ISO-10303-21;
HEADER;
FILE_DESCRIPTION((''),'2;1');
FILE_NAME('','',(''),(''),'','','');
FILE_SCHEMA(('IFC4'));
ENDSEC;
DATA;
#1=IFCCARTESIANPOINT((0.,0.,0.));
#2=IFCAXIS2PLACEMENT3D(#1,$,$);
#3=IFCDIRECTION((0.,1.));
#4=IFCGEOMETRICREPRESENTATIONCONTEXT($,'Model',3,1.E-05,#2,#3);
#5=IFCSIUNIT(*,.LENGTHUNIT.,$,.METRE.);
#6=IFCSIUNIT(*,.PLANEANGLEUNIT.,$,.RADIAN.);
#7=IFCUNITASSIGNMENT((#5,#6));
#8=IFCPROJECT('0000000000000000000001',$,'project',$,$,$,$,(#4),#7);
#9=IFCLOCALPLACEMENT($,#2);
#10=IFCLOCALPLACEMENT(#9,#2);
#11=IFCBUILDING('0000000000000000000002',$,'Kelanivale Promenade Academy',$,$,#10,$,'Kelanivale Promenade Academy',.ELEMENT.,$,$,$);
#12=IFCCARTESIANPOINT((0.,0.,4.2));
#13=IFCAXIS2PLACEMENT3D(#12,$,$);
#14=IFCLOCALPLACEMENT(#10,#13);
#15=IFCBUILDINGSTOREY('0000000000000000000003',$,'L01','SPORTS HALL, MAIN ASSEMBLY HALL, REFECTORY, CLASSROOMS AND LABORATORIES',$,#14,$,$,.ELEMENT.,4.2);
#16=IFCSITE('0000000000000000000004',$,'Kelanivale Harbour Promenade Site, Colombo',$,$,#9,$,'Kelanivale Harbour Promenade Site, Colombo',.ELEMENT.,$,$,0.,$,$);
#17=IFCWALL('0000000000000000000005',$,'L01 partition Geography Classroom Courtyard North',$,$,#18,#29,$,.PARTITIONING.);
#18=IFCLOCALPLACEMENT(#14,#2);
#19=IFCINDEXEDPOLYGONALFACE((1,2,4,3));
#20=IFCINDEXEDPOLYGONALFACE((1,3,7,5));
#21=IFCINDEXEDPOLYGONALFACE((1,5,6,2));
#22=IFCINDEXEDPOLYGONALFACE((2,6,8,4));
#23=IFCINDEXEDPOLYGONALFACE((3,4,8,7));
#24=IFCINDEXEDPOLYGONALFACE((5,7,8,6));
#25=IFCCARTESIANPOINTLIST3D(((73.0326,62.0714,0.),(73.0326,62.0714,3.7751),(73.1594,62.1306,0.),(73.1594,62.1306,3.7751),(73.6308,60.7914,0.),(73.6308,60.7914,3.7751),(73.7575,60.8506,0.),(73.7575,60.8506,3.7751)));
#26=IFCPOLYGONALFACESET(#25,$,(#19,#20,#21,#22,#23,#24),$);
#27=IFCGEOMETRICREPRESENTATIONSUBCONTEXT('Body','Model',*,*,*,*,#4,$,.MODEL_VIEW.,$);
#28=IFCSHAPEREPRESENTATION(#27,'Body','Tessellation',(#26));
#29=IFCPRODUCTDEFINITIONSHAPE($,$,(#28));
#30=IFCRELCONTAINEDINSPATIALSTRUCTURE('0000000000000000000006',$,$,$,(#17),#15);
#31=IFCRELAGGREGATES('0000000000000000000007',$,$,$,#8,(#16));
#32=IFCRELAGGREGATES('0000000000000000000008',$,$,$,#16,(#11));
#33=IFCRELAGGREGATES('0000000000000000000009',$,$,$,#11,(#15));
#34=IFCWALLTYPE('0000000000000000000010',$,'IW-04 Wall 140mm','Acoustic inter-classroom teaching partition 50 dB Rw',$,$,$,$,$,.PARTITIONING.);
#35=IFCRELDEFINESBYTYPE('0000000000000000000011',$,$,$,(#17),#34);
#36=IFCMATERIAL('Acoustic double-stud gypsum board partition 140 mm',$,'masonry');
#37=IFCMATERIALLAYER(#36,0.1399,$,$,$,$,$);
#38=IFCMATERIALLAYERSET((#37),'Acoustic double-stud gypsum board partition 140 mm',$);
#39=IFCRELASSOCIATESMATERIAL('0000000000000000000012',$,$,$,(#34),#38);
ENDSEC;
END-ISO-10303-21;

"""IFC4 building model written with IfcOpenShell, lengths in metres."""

from ifc_helpers import new_model, si_unit, direction, frame, frame_2d, origin, place, context, subcontext, project, spatial, rectangle, extrude, material, layer, layer_set, type_object, element, save


model = new_model("IFC4")

# Units and contexts
model_context = context("Model", 3, precision=1e-05, world=origin(), true_north=direction((0.0, 1.0)))
body_context = subcontext(model_context, "Body", "Model", "MODEL_VIEW")
ifc_project = project(units=[si_unit("LENGTHUNIT", "METRE"), si_unit("PLANEANGLEUNIT", "RADIAN")], contexts=[model_context])

# Site, building, storey
site_placement = place(None, origin())
site = spatial("IfcSite", under=ifc_project, at=site_placement, Name="Kelanivale Harbour Promenade Site, Colombo", LongName="Kelanivale Harbour Promenade Site, Colombo", CompositionType="ELEMENT", RefElevation=0.0)
building_placement = place(site_placement, origin())
building = spatial("IfcBuilding", under=site, at=building_placement, Name="Kelanivale Promenade Academy", LongName="Kelanivale Promenade Academy", CompositionType="ELEMENT")
storey_placement = place(building_placement, frame((0.0, 0.0, 4.2)))
storey = spatial("IfcBuildingStorey", under=building, at=storey_placement, Name="L01", Description="SPORTS HALL, MAIN ASSEMBLY HALL, REFECTORY, CLASSROOMS AND LABORATORIES", CompositionType="ELEMENT", Elevation=4.2)

# Wall
ifc_material_1 = material(Name="Acoustic double-stud gypsum board partition 140 mm", Category="masonry")
ifc_layer_1 = layer(ifc_material_1, 0.1399)
ifc_layer_set_1 = layer_set([ifc_layer_1], Name="Acoustic double-stud gypsum board partition 140 mm")
wall_type_1 = type_object("IfcWallType", Name="IW-04 Wall 140mm", Description="Acoustic inter-classroom teaching partition 50 dB Rw", PredefinedType="PARTITIONING", material=ifc_layer_set_1)
wall_1_placement = place(storey_placement, frame((73.0959, 62.1011, 0.0), z_axis=(0.0, 0.0, 1.0), x_axis=(0.423349, -0.905967, 0.0)))
element("IfcWall", 1, at=wall_1_placement, inside=storey, type_object=wall_type_1, Name="L01 partition Geography Classroom Courtyard North", PredefinedType="PARTITIONING", context=body_context, shape_type="SweptSolid", body=[
    extrude(rectangle(XDim=1.4128, YDim=0.1399, at=frame_2d((0.7065, 0.0))), origin(), (0.0, 0.0, 1.0), 3.7751),
])

save(model, "model.ifc")
